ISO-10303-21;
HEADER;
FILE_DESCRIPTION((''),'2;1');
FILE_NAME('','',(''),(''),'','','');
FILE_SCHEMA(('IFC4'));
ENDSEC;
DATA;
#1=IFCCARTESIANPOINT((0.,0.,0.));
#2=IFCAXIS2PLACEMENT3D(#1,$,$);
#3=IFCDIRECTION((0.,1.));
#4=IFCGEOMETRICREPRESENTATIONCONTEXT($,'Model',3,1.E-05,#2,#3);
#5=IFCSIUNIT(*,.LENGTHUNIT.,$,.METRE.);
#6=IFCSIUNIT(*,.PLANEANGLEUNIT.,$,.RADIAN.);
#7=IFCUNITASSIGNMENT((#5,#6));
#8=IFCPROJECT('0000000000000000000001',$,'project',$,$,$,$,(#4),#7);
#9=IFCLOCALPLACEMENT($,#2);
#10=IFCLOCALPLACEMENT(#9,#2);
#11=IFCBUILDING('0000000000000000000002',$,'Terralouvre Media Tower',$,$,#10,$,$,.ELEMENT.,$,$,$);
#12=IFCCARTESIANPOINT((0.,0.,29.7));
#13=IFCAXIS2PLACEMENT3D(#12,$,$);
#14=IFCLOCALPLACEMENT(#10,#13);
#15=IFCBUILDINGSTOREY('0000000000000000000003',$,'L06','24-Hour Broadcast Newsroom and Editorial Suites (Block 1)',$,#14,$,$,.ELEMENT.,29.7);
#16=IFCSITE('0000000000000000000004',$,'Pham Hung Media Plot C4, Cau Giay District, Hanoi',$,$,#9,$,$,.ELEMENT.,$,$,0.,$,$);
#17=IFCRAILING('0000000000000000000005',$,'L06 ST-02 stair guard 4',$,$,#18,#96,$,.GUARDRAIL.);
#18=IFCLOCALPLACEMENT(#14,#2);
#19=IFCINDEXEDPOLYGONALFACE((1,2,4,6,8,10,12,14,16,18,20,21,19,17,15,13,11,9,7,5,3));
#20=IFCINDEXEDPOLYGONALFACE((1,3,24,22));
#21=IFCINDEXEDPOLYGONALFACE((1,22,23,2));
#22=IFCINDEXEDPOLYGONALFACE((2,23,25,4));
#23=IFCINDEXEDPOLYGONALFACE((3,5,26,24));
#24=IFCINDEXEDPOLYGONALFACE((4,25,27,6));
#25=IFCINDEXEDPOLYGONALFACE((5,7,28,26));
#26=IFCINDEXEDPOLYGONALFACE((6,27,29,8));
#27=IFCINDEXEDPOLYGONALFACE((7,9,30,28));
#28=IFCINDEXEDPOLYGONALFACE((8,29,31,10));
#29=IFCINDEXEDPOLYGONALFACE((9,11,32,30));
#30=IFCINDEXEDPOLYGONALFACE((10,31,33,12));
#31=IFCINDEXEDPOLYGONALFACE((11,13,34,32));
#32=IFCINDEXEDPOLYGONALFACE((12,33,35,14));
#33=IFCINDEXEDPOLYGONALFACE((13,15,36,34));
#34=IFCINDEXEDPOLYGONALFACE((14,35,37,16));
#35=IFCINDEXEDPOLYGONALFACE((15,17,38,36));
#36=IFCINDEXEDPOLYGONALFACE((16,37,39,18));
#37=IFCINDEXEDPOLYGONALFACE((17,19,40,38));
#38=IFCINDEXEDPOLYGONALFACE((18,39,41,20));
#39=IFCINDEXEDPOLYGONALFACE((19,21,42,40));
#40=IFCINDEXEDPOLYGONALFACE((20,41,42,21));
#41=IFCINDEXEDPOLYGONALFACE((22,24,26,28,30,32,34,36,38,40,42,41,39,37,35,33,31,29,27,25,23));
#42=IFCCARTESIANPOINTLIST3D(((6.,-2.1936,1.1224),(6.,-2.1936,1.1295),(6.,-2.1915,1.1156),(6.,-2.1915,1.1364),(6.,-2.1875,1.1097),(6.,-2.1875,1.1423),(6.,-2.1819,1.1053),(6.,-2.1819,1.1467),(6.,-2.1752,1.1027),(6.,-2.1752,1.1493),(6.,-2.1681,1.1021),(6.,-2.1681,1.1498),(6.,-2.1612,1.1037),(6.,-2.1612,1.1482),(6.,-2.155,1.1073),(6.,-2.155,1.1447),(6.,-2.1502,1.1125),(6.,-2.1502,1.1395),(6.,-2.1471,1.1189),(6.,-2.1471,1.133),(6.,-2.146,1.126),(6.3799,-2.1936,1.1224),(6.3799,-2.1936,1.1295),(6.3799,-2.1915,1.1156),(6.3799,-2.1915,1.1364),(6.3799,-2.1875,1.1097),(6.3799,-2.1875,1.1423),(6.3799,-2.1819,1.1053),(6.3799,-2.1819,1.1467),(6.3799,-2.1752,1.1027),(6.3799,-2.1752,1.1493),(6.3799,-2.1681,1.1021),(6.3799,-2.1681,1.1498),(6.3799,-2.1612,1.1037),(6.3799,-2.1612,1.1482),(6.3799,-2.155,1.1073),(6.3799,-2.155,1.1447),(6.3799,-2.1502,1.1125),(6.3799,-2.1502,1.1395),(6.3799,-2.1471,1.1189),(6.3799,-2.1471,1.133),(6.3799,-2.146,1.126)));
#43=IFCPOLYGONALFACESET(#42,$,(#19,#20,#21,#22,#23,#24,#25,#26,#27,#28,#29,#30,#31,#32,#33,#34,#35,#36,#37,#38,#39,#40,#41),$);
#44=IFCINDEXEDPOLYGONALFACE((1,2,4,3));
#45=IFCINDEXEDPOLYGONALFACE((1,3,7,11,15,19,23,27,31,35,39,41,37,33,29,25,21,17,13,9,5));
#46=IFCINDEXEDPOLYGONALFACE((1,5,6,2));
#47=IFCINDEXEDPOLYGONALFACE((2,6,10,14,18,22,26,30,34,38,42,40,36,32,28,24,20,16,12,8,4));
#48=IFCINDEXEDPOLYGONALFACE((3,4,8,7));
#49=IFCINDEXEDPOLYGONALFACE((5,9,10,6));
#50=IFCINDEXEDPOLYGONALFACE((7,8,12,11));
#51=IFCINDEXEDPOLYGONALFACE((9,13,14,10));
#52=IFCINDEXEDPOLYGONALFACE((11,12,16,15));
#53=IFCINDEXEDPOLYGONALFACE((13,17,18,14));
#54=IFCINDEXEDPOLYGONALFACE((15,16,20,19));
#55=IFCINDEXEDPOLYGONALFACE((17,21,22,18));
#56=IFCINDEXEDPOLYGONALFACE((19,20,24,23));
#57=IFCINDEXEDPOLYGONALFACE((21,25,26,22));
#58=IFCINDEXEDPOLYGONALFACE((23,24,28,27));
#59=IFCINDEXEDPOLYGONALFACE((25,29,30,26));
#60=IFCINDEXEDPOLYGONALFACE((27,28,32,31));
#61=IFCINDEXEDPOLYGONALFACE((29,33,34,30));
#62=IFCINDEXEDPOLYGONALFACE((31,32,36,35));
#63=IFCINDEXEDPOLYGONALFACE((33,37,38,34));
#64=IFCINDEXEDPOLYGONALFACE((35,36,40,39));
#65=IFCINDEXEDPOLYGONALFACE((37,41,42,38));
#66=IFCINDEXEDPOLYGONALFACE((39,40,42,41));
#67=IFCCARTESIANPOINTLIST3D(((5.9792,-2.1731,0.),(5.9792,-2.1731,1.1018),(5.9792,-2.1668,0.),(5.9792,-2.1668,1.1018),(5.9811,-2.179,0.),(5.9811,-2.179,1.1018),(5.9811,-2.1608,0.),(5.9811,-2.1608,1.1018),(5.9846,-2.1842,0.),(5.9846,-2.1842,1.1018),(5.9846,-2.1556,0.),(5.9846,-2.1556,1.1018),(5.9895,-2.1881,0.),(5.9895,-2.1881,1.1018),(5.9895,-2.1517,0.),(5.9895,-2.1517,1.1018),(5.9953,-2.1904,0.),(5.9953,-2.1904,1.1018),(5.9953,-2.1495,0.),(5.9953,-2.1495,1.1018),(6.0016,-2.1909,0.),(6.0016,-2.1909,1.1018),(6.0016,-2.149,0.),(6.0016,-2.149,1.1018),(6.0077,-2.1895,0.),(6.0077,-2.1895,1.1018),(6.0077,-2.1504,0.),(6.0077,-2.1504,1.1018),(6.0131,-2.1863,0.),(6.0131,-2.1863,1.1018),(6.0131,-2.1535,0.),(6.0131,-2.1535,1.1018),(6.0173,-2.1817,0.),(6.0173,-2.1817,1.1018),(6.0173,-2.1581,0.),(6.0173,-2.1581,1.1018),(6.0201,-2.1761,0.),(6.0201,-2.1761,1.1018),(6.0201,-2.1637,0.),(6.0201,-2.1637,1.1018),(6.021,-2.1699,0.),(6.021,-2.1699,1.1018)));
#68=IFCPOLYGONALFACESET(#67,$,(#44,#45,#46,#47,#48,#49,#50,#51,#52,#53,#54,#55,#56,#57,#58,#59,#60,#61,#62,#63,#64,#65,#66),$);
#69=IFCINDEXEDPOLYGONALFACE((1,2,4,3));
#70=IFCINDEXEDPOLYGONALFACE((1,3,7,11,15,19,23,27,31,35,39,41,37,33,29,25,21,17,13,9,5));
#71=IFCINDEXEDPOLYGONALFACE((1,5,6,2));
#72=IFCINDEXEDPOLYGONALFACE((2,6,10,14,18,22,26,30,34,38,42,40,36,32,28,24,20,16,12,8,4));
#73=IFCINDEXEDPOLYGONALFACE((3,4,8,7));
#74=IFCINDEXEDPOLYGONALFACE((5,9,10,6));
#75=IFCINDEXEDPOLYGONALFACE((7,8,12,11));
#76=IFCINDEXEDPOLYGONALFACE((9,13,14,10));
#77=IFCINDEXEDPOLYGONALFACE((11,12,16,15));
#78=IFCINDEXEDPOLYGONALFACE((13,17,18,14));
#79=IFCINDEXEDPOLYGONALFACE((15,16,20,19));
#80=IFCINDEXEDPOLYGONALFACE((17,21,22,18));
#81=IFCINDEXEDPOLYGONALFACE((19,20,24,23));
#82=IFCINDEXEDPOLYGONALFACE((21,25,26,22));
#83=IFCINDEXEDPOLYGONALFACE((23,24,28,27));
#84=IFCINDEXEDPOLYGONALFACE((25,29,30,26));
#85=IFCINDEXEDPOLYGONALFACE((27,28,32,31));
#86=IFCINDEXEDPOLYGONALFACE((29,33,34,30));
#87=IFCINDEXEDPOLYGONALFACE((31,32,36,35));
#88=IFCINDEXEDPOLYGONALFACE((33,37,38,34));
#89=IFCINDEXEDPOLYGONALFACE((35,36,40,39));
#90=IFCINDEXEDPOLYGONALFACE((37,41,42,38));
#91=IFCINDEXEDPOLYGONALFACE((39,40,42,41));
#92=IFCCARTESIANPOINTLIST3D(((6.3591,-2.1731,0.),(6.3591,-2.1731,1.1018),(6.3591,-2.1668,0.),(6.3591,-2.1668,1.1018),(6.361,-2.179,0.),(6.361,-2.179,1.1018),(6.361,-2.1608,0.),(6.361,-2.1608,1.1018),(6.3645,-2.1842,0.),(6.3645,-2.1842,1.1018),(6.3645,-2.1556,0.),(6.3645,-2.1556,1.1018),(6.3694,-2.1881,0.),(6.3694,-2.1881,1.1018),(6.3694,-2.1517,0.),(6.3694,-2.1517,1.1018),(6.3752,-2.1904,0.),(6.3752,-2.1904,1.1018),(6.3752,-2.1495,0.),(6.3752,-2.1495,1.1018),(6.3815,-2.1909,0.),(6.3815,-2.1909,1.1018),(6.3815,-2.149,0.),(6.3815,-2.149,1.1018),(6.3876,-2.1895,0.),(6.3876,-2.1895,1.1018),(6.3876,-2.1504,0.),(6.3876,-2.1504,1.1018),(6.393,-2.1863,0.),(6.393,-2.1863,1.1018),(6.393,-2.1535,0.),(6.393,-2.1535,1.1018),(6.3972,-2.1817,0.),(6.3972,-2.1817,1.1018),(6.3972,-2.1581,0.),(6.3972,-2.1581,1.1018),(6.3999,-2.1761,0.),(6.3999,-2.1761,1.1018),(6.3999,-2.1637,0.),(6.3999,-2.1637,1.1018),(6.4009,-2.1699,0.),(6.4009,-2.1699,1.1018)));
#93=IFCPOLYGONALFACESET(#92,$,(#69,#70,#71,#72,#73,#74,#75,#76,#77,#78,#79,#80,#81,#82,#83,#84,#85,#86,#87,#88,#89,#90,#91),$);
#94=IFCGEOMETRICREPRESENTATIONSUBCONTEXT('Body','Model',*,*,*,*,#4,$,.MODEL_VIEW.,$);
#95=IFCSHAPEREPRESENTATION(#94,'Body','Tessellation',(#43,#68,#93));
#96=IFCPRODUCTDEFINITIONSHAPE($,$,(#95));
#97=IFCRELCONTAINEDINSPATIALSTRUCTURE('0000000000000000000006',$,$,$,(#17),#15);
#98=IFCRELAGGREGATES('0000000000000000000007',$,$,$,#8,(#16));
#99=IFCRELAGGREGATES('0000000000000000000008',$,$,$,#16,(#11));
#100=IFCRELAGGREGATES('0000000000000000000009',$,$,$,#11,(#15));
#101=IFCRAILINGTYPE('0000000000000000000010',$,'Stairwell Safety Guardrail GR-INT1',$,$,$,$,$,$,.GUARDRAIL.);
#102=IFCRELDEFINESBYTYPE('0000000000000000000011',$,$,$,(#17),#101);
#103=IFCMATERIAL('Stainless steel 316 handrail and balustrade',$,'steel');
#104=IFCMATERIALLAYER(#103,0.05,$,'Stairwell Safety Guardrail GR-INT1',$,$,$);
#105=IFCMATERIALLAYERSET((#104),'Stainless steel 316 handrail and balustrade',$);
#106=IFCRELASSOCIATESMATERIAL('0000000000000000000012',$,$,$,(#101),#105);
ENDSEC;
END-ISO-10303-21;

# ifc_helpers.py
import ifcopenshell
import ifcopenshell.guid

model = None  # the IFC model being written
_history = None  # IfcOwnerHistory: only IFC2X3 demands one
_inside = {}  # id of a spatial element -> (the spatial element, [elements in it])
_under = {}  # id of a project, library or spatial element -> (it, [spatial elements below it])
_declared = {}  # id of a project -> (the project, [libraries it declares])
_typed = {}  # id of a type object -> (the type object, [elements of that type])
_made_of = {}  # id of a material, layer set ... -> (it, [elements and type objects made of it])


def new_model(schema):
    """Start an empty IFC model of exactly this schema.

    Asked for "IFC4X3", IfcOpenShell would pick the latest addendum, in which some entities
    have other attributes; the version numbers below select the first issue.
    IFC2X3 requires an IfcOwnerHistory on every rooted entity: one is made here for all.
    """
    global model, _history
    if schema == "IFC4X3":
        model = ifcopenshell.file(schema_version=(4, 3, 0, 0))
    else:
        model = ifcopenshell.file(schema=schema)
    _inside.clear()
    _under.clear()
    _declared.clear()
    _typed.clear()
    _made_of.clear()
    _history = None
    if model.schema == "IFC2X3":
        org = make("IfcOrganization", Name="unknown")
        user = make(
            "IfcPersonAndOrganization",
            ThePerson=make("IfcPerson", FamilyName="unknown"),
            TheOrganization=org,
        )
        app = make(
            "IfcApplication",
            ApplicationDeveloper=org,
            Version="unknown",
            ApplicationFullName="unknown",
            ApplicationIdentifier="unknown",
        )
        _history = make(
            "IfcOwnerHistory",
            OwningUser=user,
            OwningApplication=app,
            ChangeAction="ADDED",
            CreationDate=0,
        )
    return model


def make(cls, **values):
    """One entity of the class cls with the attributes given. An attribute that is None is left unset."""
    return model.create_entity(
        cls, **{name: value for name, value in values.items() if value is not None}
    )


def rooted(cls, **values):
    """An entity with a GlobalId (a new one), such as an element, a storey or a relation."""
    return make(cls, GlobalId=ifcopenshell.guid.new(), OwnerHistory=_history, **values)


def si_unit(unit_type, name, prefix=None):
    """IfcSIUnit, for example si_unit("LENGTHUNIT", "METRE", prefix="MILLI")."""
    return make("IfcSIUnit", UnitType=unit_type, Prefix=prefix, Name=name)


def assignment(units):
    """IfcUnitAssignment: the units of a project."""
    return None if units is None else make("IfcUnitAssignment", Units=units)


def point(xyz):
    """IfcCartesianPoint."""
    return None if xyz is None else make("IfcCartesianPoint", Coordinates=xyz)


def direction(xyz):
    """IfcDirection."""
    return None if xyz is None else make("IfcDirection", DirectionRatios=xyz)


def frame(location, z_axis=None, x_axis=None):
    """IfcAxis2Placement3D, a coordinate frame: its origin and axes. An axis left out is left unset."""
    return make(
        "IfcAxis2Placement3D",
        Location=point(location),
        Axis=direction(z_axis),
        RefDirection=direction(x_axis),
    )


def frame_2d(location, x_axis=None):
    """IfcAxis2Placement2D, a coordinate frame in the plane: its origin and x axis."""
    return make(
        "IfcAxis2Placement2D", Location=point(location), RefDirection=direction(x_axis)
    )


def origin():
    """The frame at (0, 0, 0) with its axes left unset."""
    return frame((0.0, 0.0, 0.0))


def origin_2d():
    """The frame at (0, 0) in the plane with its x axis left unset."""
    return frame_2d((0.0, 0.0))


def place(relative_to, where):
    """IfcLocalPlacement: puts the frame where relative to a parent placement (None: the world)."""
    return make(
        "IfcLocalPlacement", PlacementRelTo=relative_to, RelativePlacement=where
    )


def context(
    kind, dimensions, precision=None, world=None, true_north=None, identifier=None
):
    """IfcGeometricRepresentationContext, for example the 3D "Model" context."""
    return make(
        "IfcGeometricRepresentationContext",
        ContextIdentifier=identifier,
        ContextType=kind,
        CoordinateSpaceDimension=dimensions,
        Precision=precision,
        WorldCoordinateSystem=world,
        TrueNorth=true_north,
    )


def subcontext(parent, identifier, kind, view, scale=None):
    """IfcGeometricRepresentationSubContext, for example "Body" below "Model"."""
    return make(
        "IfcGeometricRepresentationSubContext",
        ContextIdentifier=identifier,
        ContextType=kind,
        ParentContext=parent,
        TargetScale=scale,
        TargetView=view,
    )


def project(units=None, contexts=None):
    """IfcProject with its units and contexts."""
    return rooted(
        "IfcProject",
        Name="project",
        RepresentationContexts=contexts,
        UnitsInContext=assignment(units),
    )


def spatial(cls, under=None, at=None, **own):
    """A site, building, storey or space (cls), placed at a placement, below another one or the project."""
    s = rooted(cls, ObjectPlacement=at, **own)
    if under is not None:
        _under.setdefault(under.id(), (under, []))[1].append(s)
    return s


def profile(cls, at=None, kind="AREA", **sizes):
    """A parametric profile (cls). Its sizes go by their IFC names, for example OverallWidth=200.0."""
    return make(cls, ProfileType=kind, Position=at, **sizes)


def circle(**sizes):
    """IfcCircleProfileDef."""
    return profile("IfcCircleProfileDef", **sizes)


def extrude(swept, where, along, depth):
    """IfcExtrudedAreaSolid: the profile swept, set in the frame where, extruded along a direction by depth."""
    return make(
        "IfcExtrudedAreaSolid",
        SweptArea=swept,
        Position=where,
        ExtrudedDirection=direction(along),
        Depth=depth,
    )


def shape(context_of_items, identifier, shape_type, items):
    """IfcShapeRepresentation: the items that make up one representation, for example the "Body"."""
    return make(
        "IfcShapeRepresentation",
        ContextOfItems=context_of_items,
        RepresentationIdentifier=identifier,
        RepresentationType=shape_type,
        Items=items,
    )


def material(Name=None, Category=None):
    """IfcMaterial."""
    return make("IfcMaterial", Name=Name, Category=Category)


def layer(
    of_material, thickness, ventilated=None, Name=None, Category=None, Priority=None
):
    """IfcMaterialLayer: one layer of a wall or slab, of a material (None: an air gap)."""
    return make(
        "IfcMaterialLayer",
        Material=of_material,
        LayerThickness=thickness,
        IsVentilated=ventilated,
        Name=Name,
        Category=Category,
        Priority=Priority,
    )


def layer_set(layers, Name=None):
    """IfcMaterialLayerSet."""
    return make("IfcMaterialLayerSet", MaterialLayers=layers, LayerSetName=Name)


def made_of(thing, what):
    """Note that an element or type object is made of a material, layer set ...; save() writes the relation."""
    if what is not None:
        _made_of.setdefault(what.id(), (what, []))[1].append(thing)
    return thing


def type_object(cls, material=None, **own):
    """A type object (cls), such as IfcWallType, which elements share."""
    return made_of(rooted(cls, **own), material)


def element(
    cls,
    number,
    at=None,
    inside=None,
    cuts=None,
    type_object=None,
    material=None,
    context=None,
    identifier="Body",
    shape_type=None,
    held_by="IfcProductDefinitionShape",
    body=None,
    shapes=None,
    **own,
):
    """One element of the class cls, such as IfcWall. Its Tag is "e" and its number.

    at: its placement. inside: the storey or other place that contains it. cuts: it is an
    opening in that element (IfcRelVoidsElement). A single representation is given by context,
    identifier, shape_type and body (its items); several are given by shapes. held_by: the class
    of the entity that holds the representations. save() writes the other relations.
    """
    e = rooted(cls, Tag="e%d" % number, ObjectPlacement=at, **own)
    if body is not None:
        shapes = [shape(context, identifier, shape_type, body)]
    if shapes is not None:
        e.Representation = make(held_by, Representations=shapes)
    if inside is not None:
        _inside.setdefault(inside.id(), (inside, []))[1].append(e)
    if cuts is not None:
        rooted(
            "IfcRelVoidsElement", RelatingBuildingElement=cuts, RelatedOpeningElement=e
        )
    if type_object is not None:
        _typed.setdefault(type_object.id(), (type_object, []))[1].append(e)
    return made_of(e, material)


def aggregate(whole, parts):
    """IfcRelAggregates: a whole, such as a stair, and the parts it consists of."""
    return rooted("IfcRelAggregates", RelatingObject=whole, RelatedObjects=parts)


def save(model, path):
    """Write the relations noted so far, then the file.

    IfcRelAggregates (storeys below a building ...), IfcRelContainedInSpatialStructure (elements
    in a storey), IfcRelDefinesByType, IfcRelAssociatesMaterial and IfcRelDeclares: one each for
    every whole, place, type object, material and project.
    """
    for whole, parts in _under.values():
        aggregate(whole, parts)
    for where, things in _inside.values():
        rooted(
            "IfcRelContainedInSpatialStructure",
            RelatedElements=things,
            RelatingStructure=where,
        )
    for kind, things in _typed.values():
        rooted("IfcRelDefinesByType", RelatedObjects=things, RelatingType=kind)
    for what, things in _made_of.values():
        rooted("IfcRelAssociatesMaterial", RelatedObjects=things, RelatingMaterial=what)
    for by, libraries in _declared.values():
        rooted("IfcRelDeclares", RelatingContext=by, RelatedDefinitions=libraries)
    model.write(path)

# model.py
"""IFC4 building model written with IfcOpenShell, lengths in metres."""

from ifc_helpers import new_model, si_unit, direction, frame, origin, origin_2d, place, context, subcontext, project, spatial, circle, extrude, material, layer, layer_set, type_object, element, save


model = new_model("IFC4")

# Units and contexts
model_context = context("Model", 3, precision=1e-05, world=origin(), true_north=direction((0.0, 1.0)))
body_context = subcontext(model_context, "Body", "Model", "MODEL_VIEW")
ifc_project = project(units=[si_unit("LENGTHUNIT", "METRE"), si_unit("PLANEANGLEUNIT", "RADIAN")], contexts=[model_context])

# Site, building, storey
site_placement = place(None, origin())
site = spatial("IfcSite", under=ifc_project, at=site_placement, Name="Pham Hung Media Plot C4, Cau Giay District, Hanoi", CompositionType="ELEMENT", RefElevation=0.0)
building_placement = place(site_placement, origin())
building = spatial("IfcBuilding", under=site, at=building_placement, Name="Terralouvre Media Tower", CompositionType="ELEMENT")
storey_placement = place(building_placement, frame((0.0, 0.0, 29.7)))
storey = spatial("IfcBuildingStorey", under=building, at=storey_placement, Name="L06", Description="24-Hour Broadcast Newsroom and Editorial Suites (Block 1)", CompositionType="ELEMENT", Elevation=29.7)

# Railing
ifc_material_1 = material(Name="Stainless steel 316 handrail and balustrade", Category="steel")
ifc_layer_1 = layer(ifc_material_1, 0.05, Name="Stairwell Safety Guardrail GR-INT1")
ifc_layer_set_1 = layer_set([ifc_layer_1], Name="Stainless steel 316 handrail and balustrade")
railing_type_1 = type_object("IfcRailingType", Name="Stairwell Safety Guardrail GR-INT1", PredefinedType="GUARDRAIL", material=ifc_layer_set_1)
railing_1_placement = place(storey_placement, frame((6.0, -2.1699, 0.0)))
element("IfcRailing", 1, at=railing_1_placement, inside=storey, type_object=railing_type_1, Name="L06 ST-02 stair guard 4", PredefinedType="GUARDRAIL", context=body_context, shape_type="SweptSolid", body=[
    extrude(circle(Radius=0.0239, at=origin_2d()), frame((0.0, 0.0, 1.126), z_axis=(1.0, 0.0, 0.0), x_axis=(0.0, 1.0, 0.0)), (0.0, 0.0, 1.0), 0.3799),
    extrude(circle(Radius=0.021, at=origin_2d()), origin(), (0.0, 0.0, 1.0), 1.1018),
    extrude(circle(Radius=0.021, at=origin_2d()), frame((0.3799, 0.0, 0.0)), (0.0, 0.0, 1.0), 1.1018),
])

save(model, "model.ifc")
